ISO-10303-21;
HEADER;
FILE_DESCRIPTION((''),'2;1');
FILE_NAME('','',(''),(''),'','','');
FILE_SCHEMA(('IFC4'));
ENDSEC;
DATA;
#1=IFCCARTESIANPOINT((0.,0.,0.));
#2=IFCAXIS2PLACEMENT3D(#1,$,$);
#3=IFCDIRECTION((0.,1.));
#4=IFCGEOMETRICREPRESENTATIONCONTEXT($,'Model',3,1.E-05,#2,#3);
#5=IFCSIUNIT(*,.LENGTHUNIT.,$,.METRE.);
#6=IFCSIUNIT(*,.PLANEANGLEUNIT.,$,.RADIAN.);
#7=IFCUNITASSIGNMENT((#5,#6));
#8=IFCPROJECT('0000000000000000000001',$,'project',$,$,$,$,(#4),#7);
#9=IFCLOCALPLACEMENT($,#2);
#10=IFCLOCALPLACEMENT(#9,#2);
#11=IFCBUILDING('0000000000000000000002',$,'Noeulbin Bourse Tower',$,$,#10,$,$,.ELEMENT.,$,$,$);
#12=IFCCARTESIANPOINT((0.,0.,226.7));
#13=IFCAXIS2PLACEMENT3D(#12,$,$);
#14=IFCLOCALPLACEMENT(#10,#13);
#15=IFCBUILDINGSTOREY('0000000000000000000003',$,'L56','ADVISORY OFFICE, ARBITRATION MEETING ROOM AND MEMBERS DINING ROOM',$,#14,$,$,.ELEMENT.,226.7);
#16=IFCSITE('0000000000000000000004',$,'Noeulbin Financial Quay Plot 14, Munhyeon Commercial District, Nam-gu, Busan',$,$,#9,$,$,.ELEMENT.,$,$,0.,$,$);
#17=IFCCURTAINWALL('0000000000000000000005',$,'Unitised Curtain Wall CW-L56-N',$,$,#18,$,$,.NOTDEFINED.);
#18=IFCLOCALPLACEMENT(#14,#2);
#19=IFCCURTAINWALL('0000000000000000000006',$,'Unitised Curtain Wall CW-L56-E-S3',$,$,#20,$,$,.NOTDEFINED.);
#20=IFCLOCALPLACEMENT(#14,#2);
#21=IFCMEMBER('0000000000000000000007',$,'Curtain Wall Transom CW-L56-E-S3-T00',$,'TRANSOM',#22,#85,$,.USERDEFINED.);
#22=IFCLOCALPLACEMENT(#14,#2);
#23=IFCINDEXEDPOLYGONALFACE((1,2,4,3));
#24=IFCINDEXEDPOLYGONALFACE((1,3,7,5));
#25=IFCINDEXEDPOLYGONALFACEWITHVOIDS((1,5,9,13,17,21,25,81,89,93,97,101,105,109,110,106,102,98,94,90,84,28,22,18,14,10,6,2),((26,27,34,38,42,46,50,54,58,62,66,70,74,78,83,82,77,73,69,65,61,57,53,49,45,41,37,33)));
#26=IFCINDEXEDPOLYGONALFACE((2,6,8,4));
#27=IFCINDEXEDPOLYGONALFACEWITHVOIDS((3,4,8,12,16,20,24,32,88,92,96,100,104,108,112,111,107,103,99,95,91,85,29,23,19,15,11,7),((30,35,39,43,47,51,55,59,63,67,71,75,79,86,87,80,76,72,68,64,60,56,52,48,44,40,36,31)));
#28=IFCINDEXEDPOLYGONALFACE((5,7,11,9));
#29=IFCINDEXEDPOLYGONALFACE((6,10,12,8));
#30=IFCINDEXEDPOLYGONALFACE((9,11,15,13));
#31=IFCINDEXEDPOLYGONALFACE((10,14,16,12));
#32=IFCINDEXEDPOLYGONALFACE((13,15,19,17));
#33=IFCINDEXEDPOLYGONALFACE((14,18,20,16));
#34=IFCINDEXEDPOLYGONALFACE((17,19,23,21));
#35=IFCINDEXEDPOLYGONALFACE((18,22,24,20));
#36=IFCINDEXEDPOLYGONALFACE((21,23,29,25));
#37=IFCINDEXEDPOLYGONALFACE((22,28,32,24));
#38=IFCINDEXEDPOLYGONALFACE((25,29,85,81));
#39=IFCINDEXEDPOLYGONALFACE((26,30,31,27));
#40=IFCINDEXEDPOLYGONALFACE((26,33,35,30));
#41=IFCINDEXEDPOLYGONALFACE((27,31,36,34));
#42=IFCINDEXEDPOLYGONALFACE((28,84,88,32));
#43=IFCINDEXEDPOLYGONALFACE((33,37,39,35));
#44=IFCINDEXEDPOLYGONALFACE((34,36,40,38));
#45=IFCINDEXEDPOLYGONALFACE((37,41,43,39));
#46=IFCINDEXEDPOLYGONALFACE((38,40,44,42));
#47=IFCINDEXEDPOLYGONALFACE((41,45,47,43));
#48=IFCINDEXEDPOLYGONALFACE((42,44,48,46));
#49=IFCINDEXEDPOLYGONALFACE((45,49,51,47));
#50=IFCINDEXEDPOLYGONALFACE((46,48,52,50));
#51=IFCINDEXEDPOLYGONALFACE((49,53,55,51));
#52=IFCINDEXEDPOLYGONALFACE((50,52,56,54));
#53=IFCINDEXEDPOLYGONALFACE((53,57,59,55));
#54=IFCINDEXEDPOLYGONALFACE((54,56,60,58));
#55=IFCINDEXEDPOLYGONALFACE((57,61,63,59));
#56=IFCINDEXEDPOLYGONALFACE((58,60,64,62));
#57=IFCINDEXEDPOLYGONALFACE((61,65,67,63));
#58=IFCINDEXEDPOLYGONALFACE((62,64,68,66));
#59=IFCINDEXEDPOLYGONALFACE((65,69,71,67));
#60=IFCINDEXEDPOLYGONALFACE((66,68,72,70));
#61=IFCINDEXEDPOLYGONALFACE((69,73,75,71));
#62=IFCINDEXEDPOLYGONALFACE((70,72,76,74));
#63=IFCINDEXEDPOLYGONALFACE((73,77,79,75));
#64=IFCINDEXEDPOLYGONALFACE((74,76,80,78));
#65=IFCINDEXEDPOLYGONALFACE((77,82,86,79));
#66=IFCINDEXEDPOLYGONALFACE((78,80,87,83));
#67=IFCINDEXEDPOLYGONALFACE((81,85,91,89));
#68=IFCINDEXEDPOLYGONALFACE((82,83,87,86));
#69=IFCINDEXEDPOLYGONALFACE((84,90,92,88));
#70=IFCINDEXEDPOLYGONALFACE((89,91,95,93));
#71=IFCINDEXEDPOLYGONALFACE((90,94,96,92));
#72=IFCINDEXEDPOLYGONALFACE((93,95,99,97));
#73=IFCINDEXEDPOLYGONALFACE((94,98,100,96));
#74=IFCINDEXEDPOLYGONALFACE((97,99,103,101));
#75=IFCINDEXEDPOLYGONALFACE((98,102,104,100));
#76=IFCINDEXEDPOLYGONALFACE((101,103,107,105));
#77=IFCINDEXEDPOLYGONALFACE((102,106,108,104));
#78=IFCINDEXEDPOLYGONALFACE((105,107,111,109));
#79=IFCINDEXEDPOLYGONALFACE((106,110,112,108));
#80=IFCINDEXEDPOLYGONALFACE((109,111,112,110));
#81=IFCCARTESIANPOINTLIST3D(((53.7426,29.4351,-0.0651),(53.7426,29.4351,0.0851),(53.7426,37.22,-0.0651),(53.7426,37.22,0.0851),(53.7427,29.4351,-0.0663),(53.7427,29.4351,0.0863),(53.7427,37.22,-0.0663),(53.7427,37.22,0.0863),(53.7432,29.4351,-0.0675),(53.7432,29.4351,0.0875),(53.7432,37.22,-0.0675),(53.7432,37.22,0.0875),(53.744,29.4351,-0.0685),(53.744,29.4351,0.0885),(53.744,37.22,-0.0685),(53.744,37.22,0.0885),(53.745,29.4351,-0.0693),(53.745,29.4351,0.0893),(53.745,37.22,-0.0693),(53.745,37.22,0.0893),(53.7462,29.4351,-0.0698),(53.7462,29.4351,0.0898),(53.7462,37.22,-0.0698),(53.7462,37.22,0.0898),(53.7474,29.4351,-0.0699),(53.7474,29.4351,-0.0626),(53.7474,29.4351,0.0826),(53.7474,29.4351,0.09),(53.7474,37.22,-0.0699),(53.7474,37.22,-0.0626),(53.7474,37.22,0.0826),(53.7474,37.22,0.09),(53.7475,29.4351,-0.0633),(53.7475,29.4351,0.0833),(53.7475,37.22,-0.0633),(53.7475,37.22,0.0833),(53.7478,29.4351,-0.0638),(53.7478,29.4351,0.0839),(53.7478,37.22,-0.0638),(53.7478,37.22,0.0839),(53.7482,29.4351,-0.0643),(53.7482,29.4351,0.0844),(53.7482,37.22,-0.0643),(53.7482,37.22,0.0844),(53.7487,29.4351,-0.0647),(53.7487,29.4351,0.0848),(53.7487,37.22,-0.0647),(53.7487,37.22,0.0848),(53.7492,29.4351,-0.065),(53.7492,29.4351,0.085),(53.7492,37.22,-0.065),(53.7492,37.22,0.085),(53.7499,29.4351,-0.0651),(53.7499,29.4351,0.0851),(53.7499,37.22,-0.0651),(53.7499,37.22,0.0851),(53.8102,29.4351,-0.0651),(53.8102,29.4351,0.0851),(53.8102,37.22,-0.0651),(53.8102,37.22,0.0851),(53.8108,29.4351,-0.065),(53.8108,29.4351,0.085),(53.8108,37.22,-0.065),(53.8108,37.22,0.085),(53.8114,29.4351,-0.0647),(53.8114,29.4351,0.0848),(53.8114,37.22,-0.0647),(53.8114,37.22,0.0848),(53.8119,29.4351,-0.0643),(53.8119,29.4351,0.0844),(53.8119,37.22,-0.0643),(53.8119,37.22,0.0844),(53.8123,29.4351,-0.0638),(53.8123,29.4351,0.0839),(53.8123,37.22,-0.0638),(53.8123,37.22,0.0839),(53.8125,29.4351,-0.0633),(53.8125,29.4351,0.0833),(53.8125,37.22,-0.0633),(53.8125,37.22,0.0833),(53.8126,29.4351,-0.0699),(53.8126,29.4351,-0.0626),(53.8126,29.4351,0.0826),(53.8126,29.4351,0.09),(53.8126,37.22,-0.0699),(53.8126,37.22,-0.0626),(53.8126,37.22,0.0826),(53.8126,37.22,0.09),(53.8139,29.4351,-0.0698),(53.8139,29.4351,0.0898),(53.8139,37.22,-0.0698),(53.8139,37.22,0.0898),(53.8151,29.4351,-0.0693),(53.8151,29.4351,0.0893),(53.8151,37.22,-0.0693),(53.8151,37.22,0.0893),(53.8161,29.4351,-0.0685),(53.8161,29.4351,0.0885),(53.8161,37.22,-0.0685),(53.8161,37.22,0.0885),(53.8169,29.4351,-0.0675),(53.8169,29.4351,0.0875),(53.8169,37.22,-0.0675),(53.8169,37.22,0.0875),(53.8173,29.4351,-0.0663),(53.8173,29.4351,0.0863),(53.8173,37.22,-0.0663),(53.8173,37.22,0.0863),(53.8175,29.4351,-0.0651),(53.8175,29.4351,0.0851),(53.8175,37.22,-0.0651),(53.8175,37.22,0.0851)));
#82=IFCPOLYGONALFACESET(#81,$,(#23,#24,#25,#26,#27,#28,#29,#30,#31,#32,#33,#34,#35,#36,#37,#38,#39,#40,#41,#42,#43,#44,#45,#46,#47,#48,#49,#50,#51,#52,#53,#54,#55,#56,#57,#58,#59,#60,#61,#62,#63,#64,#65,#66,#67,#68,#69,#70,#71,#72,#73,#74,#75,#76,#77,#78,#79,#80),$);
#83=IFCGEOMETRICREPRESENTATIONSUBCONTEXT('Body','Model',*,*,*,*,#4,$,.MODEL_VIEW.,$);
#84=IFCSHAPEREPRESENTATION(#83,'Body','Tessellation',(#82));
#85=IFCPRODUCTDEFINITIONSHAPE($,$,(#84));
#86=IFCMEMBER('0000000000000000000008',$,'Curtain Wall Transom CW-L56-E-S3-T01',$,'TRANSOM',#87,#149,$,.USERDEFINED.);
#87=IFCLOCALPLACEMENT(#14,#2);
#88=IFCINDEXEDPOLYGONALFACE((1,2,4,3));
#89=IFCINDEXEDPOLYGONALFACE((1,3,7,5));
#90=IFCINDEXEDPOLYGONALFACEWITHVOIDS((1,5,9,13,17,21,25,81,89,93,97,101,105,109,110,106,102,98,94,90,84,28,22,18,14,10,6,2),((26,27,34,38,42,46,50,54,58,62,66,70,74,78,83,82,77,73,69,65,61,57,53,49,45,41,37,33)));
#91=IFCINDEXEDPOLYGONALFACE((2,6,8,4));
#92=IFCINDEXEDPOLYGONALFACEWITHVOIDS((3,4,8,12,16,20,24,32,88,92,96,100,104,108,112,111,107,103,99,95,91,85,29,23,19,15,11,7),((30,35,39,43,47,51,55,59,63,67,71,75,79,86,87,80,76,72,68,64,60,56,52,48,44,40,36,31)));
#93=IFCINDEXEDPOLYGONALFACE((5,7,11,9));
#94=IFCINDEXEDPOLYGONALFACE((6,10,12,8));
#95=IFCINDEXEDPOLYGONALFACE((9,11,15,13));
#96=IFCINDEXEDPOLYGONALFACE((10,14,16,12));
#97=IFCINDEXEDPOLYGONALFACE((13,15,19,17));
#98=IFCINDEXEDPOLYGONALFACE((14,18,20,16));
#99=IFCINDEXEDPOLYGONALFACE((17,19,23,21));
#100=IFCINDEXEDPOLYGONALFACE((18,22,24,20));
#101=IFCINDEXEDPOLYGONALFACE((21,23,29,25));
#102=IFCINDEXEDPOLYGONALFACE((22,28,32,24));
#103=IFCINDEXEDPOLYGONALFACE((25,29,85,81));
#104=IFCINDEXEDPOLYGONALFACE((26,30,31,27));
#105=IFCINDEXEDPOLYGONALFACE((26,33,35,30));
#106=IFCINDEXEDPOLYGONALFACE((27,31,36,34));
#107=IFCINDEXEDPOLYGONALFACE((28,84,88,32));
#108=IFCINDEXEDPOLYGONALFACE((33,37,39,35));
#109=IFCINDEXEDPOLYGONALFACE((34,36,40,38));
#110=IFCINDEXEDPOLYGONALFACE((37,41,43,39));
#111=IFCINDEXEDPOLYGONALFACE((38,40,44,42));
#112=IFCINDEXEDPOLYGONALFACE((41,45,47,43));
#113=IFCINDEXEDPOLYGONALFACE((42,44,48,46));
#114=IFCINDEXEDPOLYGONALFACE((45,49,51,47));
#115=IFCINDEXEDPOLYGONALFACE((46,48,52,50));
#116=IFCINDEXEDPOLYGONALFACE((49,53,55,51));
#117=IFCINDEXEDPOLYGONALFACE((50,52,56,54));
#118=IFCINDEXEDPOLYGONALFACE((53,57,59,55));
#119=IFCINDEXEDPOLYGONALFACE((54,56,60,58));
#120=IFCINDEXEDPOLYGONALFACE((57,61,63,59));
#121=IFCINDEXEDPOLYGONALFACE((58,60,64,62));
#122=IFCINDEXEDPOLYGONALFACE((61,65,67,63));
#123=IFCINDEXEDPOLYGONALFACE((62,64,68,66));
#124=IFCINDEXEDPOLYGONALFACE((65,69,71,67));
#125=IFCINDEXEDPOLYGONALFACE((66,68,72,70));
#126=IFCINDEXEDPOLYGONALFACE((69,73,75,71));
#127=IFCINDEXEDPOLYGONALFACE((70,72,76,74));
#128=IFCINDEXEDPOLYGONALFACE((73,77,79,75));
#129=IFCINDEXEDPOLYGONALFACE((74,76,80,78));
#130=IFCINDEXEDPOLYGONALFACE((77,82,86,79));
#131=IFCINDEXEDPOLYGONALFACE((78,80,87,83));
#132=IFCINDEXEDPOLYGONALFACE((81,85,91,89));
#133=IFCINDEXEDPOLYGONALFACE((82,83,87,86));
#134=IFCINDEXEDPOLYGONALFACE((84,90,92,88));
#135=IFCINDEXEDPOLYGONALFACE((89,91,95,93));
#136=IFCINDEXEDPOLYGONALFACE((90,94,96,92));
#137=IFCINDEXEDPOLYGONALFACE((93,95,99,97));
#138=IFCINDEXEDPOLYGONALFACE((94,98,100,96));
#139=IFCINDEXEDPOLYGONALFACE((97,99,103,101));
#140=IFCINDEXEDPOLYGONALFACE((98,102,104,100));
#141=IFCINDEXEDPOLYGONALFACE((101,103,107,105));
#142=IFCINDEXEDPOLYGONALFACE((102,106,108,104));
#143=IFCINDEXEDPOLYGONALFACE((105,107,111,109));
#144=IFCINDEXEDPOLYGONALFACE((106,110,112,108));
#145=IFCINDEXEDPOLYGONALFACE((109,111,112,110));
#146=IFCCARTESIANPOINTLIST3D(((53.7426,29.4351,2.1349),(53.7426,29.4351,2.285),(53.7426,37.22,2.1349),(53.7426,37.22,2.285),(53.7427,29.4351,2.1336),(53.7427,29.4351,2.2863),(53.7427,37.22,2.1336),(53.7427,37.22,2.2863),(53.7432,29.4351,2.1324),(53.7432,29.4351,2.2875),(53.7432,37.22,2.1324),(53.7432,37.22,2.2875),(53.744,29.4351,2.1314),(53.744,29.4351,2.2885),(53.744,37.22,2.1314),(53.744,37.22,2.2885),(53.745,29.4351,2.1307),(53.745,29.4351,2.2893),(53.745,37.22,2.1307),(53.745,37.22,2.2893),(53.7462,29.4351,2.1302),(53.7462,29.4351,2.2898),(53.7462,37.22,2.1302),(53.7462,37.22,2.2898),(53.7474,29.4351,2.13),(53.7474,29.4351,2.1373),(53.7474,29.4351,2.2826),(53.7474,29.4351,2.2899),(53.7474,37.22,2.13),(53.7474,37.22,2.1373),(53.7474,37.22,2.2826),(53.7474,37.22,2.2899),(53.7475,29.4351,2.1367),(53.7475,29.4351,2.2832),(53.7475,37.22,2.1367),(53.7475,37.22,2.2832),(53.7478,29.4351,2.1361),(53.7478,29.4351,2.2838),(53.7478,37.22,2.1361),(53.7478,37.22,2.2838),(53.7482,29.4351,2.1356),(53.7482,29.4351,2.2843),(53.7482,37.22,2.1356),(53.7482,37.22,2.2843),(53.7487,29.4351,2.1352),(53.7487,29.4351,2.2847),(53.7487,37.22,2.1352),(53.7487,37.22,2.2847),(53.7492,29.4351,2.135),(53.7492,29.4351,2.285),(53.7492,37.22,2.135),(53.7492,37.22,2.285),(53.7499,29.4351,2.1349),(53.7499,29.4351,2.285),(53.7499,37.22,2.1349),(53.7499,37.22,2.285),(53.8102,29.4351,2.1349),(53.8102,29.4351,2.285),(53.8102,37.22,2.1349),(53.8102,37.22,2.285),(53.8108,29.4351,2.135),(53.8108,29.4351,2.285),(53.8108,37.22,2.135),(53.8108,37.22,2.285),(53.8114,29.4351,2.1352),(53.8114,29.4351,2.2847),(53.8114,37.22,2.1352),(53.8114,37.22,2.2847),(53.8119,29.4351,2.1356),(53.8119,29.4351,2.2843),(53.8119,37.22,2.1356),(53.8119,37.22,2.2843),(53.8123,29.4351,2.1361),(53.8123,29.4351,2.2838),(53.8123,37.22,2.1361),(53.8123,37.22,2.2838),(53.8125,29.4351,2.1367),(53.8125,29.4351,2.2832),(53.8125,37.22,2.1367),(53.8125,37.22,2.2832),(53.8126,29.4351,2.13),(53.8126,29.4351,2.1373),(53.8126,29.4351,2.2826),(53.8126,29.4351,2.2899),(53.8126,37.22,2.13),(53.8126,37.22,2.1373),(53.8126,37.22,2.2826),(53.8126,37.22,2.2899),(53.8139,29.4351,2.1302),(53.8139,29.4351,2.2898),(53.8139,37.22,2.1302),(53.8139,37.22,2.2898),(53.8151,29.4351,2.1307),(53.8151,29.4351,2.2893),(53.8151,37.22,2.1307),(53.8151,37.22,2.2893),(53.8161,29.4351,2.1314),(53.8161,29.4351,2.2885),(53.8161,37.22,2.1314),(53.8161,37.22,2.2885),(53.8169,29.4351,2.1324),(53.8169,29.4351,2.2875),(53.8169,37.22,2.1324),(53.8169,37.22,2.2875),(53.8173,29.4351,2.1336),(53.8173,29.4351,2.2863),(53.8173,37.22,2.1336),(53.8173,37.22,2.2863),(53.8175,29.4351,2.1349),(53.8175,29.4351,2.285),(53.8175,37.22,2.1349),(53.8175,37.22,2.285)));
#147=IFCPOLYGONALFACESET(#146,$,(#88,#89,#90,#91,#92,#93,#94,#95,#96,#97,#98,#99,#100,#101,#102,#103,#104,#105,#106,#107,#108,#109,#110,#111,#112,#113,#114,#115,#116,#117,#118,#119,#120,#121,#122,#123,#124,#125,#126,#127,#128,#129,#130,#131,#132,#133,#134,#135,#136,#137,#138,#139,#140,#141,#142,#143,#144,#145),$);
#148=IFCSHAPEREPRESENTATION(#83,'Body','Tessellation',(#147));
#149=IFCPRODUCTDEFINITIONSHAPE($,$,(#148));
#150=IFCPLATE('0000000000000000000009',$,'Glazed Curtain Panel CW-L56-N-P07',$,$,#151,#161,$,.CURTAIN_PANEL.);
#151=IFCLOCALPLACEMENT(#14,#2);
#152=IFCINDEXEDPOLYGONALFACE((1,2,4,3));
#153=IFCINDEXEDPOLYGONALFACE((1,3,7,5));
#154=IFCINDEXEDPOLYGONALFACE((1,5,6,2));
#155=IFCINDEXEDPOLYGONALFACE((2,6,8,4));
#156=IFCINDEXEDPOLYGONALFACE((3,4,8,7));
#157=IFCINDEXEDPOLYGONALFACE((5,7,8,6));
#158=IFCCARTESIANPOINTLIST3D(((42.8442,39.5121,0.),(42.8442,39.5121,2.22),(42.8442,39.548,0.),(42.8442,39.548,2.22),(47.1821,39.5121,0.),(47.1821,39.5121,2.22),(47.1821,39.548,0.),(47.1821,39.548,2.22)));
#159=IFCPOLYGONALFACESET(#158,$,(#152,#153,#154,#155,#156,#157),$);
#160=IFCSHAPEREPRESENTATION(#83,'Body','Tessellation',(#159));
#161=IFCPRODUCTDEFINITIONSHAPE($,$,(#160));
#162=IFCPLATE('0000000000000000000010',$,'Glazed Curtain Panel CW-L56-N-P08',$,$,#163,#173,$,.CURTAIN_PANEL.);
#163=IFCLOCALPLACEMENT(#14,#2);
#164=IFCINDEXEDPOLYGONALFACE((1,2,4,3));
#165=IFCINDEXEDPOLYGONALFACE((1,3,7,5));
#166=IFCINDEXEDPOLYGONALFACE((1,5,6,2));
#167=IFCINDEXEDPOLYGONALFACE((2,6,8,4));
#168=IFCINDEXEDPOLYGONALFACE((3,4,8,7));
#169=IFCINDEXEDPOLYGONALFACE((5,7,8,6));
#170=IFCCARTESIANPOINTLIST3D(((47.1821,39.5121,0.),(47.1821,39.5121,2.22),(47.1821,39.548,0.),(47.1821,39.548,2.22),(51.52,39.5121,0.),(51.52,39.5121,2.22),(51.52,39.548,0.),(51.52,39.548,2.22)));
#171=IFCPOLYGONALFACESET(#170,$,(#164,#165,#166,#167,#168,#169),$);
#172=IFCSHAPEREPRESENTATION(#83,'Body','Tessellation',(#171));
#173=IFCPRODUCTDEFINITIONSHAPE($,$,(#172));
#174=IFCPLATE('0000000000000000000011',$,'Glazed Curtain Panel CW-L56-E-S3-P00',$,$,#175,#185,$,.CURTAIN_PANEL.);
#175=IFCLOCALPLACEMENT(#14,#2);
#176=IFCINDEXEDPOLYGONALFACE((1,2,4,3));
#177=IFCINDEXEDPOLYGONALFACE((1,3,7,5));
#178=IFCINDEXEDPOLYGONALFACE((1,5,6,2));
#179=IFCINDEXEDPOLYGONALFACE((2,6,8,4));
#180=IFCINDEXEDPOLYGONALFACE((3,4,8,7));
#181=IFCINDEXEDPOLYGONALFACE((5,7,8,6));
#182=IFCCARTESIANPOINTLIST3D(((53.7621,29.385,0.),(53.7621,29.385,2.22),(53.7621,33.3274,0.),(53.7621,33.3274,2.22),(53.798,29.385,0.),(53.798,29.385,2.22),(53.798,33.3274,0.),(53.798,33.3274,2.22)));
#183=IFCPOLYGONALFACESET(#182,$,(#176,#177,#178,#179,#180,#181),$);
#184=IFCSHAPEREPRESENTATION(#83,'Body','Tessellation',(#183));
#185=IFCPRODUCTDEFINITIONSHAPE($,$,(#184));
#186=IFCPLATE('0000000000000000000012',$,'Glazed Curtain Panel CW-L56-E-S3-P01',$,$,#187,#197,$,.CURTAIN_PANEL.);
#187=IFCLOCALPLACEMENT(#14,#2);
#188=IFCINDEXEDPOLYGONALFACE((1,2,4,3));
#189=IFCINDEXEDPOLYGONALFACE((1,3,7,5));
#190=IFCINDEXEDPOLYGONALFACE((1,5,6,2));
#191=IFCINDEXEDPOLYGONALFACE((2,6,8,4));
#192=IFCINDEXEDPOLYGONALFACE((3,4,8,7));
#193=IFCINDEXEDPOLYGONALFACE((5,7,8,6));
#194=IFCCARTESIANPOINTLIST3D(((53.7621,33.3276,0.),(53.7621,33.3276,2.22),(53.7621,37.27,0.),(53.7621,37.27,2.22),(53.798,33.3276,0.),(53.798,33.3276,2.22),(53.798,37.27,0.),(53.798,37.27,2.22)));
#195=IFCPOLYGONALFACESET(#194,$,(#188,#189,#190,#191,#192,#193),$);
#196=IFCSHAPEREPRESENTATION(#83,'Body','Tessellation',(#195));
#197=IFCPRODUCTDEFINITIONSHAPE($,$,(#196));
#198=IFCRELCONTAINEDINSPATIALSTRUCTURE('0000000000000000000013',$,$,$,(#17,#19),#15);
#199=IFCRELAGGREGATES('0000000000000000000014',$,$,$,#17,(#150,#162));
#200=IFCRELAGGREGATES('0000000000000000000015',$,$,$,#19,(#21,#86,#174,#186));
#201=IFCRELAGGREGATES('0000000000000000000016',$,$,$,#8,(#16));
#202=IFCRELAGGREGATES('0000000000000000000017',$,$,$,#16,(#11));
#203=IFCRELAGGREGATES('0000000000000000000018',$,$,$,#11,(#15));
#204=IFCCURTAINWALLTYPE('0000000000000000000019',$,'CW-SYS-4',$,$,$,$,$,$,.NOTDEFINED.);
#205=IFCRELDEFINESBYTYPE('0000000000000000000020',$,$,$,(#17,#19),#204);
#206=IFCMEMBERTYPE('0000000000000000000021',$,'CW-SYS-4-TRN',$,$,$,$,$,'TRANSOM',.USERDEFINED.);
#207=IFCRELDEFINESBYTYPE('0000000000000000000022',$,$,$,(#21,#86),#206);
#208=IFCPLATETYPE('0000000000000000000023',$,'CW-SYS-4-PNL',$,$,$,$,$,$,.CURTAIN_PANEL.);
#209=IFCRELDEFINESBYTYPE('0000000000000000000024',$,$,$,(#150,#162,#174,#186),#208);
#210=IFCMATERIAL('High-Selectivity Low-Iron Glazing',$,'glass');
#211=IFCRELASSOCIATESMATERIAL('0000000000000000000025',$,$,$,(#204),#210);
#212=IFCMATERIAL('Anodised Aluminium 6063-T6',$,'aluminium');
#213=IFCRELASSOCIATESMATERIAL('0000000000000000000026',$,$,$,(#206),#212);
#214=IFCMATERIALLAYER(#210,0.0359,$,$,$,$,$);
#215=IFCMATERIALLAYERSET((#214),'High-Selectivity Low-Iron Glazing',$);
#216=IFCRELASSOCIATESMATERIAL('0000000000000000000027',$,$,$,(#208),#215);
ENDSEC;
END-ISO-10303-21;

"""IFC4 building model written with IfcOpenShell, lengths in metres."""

from ifc_helpers import new_model, si_unit, direction, frame, origin, origin_2d, place, context, subcontext, project, spatial, rectangle, hollow_rectangle, extrude, material, layer, layer_set, material_profile, profile_set, type_object, element, aggregate, save


model = new_model("IFC4")

# Units and contexts
model_context = context("Model", 3, precision=1e-05, world=origin(), true_north=direction((0.0, 1.0)))
body_context = subcontext(model_context, "Body", "Model", "MODEL_VIEW")
ifc_project = project(units=[si_unit("LENGTHUNIT", "METRE"), si_unit("PLANEANGLEUNIT", "RADIAN")], contexts=[model_context])

# Site, building, storey
site_placement = place(None, origin())
site = spatial("IfcSite", under=ifc_project, at=site_placement, Name="Noeulbin Financial Quay Plot 14, Munhyeon Commercial District, Nam-gu, Busan", CompositionType="ELEMENT", RefElevation=0.0)
building_placement = place(site_placement, origin())
building = spatial("IfcBuilding", under=site, at=building_placement, Name="Noeulbin Bourse Tower", CompositionType="ELEMENT")
storey_placement = place(building_placement, frame((0.0, 0.0, 226.7)))
storey = spatial("IfcBuildingStorey", under=building, at=storey_placement, Name="L56", Description="ADVISORY OFFICE, ARBITRATION MEETING ROOM AND MEMBERS DINING ROOM", CompositionType="ELEMENT", Elevation=226.7)

# Curtain walls, members
ifc_material_1 = material(Name="High-Selectivity Low-Iron Glazing", Category="glass")
curtain_wall_type = type_object("IfcCurtainWallType", Name="CW-SYS-4", PredefinedType="NOTDEFINED", material=ifc_material_1)
curtain_wall_1_placement = place(storey_placement, origin())
curtain_wall_1 = element("IfcCurtainWall", 1, at=curtain_wall_1_placement, inside=storey, type_object=curtain_wall_type, Name="Unitised Curtain Wall CW-L56-N", PredefinedType="NOTDEFINED")
ifc_material_2 = material(Name="Anodised Aluminium 6063-T6", Category="aluminium")
curtain_wall_2_placement = place(storey_placement, origin())
curtain_wall_2 = element("IfcCurtainWall", 2, at=curtain_wall_2_placement, inside=storey, type_object=curtain_wall_type, Name="Unitised Curtain Wall CW-L56-E-S3", PredefinedType="NOTDEFINED")
ifc_material_profile_1 = material_profile(ifc_material_2, hollow_rectangle(XDim=0.075, YDim=0.1599, WallThickness=0.0049, InnerFilletRadius=0.0024, OuterFilletRadius=0.0049, at=origin_2d()), Name="ALU-TRAN-75x160x5", Category="LoadBearing")
ifc_profile_set_1 = profile_set([ifc_material_profile_1], Name="Anodised Aluminium 6063-T6")
member_type_1 = type_object("IfcMemberType", Name="CW-SYS-4-TRN", ElementType="TRANSOM", PredefinedType="USERDEFINED", material=ifc_profile_set_1)
member_1_placement = place(storey_placement, frame((53.78, 29.4351, 0.01), z_axis=(0.0, 1.0, 0.0), x_axis=(-1.0, 0.0, 0.0)))
member_1 = element("IfcMember", 3, at=member_1_placement, type_object=member_type_1, Name="Curtain Wall Transom CW-L56-E-S3-T00", ObjectType="TRANSOM", PredefinedType="USERDEFINED", context=body_context, shape_type="SweptSolid", body=[
    extrude(hollow_rectangle(XDim=0.075, YDim=0.1599, WallThickness=0.0049, InnerFilletRadius=0.0024, OuterFilletRadius=0.0049, at=origin_2d()), origin(), (0.0, 0.0, 1.0), 7.7849),
])
member_2_placement = place(storey_placement, frame((53.78, 29.4351, 2.21), z_axis=(0.0, 1.0, 0.0), x_axis=(-1.0, 0.0, 0.0)))
member_2 = element("IfcMember", 4, at=member_2_placement, type_object=member_type_1, Name="Curtain Wall Transom CW-L56-E-S3-T01", ObjectType="TRANSOM", PredefinedType="USERDEFINED", context=body_context, shape_type="SweptSolid", body=[
    extrude(hollow_rectangle(XDim=0.075, YDim=0.1599, WallThickness=0.0049, InnerFilletRadius=0.0024, OuterFilletRadius=0.0049, at=origin_2d()), origin(), (0.0, 0.0, 1.0), 7.7849),
])

# Plates
ifc_layer_1 = layer(ifc_material_1, 0.0359)
ifc_layer_set_1 = layer_set([ifc_layer_1], Name="High-Selectivity Low-Iron Glazing")
plate_type_1 = type_object("IfcPlateType", Name="CW-SYS-4-PNL", PredefinedType="CURTAIN_PANEL", material=ifc_layer_set_1)
plate_1_placement = place(storey_placement, frame((45.0132, 39.53, 0.0), z_axis=(0.0, 0.0, 1.0), x_axis=(1.0, 0.0, 0.0)))
plate_1 = element("IfcPlate", 5, at=plate_1_placement, type_object=plate_type_1, Name="Glazed Curtain Panel CW-L56-N-P07", PredefinedType="CURTAIN_PANEL", context=body_context, shape_type="SweptSolid", body=[
    extrude(rectangle(XDim=4.3379, YDim=0.0359, at=origin_2d()), origin(), (0.0, 0.0, 1.0), 2.22),
])
plate_2_placement = place(storey_placement, frame((49.3511, 39.53, 0.0), z_axis=(0.0, 0.0, 1.0), x_axis=(1.0, 0.0, 0.0)))
plate_2 = element("IfcPlate", 6, at=plate_2_placement, type_object=plate_type_1, Name="Glazed Curtain Panel CW-L56-N-P08", PredefinedType="CURTAIN_PANEL", context=body_context, shape_type="SweptSolid", body=[
    extrude(rectangle(XDim=4.3379, YDim=0.0359, at=origin_2d()), origin(), (0.0, 0.0, 1.0), 2.22),
])
aggregate(curtain_wall_1, [plate_1, plate_2])
plate_3_placement = place(storey_placement, frame((53.78, 31.3562, 0.0), z_axis=(0.0, 0.0, 1.0), x_axis=(0.0, 1.0, 0.0)))
plate_3 = element("IfcPlate", 7, at=plate_3_placement, type_object=plate_type_1, Name="Glazed Curtain Panel CW-L56-E-S3-P00", PredefinedType="CURTAIN_PANEL", context=body_context, shape_type="SweptSolid", body=[
    extrude(rectangle(XDim=3.9424, YDim=0.0359, at=origin_2d()), origin(), (0.0, 0.0, 1.0), 2.22),
])
plate_4_placement = place(storey_placement, frame((53.78, 35.2988, 0.0), z_axis=(0.0, 0.0, 1.0), x_axis=(0.0, 1.0, 0.0)))
plate_4 = element("IfcPlate", 8, at=plate_4_placement, type_object=plate_type_1, Name="Glazed Curtain Panel CW-L56-E-S3-P01", PredefinedType="CURTAIN_PANEL", context=body_context, shape_type="SweptSolid", body=[
    extrude(rectangle(XDim=3.9424, YDim=0.0359, at=origin_2d()), origin(), (0.0, 0.0, 1.0), 2.22),
])
aggregate(curtain_wall_2, [member_1, member_2, plate_3, plate_4])

save(model, "model.ifc")
